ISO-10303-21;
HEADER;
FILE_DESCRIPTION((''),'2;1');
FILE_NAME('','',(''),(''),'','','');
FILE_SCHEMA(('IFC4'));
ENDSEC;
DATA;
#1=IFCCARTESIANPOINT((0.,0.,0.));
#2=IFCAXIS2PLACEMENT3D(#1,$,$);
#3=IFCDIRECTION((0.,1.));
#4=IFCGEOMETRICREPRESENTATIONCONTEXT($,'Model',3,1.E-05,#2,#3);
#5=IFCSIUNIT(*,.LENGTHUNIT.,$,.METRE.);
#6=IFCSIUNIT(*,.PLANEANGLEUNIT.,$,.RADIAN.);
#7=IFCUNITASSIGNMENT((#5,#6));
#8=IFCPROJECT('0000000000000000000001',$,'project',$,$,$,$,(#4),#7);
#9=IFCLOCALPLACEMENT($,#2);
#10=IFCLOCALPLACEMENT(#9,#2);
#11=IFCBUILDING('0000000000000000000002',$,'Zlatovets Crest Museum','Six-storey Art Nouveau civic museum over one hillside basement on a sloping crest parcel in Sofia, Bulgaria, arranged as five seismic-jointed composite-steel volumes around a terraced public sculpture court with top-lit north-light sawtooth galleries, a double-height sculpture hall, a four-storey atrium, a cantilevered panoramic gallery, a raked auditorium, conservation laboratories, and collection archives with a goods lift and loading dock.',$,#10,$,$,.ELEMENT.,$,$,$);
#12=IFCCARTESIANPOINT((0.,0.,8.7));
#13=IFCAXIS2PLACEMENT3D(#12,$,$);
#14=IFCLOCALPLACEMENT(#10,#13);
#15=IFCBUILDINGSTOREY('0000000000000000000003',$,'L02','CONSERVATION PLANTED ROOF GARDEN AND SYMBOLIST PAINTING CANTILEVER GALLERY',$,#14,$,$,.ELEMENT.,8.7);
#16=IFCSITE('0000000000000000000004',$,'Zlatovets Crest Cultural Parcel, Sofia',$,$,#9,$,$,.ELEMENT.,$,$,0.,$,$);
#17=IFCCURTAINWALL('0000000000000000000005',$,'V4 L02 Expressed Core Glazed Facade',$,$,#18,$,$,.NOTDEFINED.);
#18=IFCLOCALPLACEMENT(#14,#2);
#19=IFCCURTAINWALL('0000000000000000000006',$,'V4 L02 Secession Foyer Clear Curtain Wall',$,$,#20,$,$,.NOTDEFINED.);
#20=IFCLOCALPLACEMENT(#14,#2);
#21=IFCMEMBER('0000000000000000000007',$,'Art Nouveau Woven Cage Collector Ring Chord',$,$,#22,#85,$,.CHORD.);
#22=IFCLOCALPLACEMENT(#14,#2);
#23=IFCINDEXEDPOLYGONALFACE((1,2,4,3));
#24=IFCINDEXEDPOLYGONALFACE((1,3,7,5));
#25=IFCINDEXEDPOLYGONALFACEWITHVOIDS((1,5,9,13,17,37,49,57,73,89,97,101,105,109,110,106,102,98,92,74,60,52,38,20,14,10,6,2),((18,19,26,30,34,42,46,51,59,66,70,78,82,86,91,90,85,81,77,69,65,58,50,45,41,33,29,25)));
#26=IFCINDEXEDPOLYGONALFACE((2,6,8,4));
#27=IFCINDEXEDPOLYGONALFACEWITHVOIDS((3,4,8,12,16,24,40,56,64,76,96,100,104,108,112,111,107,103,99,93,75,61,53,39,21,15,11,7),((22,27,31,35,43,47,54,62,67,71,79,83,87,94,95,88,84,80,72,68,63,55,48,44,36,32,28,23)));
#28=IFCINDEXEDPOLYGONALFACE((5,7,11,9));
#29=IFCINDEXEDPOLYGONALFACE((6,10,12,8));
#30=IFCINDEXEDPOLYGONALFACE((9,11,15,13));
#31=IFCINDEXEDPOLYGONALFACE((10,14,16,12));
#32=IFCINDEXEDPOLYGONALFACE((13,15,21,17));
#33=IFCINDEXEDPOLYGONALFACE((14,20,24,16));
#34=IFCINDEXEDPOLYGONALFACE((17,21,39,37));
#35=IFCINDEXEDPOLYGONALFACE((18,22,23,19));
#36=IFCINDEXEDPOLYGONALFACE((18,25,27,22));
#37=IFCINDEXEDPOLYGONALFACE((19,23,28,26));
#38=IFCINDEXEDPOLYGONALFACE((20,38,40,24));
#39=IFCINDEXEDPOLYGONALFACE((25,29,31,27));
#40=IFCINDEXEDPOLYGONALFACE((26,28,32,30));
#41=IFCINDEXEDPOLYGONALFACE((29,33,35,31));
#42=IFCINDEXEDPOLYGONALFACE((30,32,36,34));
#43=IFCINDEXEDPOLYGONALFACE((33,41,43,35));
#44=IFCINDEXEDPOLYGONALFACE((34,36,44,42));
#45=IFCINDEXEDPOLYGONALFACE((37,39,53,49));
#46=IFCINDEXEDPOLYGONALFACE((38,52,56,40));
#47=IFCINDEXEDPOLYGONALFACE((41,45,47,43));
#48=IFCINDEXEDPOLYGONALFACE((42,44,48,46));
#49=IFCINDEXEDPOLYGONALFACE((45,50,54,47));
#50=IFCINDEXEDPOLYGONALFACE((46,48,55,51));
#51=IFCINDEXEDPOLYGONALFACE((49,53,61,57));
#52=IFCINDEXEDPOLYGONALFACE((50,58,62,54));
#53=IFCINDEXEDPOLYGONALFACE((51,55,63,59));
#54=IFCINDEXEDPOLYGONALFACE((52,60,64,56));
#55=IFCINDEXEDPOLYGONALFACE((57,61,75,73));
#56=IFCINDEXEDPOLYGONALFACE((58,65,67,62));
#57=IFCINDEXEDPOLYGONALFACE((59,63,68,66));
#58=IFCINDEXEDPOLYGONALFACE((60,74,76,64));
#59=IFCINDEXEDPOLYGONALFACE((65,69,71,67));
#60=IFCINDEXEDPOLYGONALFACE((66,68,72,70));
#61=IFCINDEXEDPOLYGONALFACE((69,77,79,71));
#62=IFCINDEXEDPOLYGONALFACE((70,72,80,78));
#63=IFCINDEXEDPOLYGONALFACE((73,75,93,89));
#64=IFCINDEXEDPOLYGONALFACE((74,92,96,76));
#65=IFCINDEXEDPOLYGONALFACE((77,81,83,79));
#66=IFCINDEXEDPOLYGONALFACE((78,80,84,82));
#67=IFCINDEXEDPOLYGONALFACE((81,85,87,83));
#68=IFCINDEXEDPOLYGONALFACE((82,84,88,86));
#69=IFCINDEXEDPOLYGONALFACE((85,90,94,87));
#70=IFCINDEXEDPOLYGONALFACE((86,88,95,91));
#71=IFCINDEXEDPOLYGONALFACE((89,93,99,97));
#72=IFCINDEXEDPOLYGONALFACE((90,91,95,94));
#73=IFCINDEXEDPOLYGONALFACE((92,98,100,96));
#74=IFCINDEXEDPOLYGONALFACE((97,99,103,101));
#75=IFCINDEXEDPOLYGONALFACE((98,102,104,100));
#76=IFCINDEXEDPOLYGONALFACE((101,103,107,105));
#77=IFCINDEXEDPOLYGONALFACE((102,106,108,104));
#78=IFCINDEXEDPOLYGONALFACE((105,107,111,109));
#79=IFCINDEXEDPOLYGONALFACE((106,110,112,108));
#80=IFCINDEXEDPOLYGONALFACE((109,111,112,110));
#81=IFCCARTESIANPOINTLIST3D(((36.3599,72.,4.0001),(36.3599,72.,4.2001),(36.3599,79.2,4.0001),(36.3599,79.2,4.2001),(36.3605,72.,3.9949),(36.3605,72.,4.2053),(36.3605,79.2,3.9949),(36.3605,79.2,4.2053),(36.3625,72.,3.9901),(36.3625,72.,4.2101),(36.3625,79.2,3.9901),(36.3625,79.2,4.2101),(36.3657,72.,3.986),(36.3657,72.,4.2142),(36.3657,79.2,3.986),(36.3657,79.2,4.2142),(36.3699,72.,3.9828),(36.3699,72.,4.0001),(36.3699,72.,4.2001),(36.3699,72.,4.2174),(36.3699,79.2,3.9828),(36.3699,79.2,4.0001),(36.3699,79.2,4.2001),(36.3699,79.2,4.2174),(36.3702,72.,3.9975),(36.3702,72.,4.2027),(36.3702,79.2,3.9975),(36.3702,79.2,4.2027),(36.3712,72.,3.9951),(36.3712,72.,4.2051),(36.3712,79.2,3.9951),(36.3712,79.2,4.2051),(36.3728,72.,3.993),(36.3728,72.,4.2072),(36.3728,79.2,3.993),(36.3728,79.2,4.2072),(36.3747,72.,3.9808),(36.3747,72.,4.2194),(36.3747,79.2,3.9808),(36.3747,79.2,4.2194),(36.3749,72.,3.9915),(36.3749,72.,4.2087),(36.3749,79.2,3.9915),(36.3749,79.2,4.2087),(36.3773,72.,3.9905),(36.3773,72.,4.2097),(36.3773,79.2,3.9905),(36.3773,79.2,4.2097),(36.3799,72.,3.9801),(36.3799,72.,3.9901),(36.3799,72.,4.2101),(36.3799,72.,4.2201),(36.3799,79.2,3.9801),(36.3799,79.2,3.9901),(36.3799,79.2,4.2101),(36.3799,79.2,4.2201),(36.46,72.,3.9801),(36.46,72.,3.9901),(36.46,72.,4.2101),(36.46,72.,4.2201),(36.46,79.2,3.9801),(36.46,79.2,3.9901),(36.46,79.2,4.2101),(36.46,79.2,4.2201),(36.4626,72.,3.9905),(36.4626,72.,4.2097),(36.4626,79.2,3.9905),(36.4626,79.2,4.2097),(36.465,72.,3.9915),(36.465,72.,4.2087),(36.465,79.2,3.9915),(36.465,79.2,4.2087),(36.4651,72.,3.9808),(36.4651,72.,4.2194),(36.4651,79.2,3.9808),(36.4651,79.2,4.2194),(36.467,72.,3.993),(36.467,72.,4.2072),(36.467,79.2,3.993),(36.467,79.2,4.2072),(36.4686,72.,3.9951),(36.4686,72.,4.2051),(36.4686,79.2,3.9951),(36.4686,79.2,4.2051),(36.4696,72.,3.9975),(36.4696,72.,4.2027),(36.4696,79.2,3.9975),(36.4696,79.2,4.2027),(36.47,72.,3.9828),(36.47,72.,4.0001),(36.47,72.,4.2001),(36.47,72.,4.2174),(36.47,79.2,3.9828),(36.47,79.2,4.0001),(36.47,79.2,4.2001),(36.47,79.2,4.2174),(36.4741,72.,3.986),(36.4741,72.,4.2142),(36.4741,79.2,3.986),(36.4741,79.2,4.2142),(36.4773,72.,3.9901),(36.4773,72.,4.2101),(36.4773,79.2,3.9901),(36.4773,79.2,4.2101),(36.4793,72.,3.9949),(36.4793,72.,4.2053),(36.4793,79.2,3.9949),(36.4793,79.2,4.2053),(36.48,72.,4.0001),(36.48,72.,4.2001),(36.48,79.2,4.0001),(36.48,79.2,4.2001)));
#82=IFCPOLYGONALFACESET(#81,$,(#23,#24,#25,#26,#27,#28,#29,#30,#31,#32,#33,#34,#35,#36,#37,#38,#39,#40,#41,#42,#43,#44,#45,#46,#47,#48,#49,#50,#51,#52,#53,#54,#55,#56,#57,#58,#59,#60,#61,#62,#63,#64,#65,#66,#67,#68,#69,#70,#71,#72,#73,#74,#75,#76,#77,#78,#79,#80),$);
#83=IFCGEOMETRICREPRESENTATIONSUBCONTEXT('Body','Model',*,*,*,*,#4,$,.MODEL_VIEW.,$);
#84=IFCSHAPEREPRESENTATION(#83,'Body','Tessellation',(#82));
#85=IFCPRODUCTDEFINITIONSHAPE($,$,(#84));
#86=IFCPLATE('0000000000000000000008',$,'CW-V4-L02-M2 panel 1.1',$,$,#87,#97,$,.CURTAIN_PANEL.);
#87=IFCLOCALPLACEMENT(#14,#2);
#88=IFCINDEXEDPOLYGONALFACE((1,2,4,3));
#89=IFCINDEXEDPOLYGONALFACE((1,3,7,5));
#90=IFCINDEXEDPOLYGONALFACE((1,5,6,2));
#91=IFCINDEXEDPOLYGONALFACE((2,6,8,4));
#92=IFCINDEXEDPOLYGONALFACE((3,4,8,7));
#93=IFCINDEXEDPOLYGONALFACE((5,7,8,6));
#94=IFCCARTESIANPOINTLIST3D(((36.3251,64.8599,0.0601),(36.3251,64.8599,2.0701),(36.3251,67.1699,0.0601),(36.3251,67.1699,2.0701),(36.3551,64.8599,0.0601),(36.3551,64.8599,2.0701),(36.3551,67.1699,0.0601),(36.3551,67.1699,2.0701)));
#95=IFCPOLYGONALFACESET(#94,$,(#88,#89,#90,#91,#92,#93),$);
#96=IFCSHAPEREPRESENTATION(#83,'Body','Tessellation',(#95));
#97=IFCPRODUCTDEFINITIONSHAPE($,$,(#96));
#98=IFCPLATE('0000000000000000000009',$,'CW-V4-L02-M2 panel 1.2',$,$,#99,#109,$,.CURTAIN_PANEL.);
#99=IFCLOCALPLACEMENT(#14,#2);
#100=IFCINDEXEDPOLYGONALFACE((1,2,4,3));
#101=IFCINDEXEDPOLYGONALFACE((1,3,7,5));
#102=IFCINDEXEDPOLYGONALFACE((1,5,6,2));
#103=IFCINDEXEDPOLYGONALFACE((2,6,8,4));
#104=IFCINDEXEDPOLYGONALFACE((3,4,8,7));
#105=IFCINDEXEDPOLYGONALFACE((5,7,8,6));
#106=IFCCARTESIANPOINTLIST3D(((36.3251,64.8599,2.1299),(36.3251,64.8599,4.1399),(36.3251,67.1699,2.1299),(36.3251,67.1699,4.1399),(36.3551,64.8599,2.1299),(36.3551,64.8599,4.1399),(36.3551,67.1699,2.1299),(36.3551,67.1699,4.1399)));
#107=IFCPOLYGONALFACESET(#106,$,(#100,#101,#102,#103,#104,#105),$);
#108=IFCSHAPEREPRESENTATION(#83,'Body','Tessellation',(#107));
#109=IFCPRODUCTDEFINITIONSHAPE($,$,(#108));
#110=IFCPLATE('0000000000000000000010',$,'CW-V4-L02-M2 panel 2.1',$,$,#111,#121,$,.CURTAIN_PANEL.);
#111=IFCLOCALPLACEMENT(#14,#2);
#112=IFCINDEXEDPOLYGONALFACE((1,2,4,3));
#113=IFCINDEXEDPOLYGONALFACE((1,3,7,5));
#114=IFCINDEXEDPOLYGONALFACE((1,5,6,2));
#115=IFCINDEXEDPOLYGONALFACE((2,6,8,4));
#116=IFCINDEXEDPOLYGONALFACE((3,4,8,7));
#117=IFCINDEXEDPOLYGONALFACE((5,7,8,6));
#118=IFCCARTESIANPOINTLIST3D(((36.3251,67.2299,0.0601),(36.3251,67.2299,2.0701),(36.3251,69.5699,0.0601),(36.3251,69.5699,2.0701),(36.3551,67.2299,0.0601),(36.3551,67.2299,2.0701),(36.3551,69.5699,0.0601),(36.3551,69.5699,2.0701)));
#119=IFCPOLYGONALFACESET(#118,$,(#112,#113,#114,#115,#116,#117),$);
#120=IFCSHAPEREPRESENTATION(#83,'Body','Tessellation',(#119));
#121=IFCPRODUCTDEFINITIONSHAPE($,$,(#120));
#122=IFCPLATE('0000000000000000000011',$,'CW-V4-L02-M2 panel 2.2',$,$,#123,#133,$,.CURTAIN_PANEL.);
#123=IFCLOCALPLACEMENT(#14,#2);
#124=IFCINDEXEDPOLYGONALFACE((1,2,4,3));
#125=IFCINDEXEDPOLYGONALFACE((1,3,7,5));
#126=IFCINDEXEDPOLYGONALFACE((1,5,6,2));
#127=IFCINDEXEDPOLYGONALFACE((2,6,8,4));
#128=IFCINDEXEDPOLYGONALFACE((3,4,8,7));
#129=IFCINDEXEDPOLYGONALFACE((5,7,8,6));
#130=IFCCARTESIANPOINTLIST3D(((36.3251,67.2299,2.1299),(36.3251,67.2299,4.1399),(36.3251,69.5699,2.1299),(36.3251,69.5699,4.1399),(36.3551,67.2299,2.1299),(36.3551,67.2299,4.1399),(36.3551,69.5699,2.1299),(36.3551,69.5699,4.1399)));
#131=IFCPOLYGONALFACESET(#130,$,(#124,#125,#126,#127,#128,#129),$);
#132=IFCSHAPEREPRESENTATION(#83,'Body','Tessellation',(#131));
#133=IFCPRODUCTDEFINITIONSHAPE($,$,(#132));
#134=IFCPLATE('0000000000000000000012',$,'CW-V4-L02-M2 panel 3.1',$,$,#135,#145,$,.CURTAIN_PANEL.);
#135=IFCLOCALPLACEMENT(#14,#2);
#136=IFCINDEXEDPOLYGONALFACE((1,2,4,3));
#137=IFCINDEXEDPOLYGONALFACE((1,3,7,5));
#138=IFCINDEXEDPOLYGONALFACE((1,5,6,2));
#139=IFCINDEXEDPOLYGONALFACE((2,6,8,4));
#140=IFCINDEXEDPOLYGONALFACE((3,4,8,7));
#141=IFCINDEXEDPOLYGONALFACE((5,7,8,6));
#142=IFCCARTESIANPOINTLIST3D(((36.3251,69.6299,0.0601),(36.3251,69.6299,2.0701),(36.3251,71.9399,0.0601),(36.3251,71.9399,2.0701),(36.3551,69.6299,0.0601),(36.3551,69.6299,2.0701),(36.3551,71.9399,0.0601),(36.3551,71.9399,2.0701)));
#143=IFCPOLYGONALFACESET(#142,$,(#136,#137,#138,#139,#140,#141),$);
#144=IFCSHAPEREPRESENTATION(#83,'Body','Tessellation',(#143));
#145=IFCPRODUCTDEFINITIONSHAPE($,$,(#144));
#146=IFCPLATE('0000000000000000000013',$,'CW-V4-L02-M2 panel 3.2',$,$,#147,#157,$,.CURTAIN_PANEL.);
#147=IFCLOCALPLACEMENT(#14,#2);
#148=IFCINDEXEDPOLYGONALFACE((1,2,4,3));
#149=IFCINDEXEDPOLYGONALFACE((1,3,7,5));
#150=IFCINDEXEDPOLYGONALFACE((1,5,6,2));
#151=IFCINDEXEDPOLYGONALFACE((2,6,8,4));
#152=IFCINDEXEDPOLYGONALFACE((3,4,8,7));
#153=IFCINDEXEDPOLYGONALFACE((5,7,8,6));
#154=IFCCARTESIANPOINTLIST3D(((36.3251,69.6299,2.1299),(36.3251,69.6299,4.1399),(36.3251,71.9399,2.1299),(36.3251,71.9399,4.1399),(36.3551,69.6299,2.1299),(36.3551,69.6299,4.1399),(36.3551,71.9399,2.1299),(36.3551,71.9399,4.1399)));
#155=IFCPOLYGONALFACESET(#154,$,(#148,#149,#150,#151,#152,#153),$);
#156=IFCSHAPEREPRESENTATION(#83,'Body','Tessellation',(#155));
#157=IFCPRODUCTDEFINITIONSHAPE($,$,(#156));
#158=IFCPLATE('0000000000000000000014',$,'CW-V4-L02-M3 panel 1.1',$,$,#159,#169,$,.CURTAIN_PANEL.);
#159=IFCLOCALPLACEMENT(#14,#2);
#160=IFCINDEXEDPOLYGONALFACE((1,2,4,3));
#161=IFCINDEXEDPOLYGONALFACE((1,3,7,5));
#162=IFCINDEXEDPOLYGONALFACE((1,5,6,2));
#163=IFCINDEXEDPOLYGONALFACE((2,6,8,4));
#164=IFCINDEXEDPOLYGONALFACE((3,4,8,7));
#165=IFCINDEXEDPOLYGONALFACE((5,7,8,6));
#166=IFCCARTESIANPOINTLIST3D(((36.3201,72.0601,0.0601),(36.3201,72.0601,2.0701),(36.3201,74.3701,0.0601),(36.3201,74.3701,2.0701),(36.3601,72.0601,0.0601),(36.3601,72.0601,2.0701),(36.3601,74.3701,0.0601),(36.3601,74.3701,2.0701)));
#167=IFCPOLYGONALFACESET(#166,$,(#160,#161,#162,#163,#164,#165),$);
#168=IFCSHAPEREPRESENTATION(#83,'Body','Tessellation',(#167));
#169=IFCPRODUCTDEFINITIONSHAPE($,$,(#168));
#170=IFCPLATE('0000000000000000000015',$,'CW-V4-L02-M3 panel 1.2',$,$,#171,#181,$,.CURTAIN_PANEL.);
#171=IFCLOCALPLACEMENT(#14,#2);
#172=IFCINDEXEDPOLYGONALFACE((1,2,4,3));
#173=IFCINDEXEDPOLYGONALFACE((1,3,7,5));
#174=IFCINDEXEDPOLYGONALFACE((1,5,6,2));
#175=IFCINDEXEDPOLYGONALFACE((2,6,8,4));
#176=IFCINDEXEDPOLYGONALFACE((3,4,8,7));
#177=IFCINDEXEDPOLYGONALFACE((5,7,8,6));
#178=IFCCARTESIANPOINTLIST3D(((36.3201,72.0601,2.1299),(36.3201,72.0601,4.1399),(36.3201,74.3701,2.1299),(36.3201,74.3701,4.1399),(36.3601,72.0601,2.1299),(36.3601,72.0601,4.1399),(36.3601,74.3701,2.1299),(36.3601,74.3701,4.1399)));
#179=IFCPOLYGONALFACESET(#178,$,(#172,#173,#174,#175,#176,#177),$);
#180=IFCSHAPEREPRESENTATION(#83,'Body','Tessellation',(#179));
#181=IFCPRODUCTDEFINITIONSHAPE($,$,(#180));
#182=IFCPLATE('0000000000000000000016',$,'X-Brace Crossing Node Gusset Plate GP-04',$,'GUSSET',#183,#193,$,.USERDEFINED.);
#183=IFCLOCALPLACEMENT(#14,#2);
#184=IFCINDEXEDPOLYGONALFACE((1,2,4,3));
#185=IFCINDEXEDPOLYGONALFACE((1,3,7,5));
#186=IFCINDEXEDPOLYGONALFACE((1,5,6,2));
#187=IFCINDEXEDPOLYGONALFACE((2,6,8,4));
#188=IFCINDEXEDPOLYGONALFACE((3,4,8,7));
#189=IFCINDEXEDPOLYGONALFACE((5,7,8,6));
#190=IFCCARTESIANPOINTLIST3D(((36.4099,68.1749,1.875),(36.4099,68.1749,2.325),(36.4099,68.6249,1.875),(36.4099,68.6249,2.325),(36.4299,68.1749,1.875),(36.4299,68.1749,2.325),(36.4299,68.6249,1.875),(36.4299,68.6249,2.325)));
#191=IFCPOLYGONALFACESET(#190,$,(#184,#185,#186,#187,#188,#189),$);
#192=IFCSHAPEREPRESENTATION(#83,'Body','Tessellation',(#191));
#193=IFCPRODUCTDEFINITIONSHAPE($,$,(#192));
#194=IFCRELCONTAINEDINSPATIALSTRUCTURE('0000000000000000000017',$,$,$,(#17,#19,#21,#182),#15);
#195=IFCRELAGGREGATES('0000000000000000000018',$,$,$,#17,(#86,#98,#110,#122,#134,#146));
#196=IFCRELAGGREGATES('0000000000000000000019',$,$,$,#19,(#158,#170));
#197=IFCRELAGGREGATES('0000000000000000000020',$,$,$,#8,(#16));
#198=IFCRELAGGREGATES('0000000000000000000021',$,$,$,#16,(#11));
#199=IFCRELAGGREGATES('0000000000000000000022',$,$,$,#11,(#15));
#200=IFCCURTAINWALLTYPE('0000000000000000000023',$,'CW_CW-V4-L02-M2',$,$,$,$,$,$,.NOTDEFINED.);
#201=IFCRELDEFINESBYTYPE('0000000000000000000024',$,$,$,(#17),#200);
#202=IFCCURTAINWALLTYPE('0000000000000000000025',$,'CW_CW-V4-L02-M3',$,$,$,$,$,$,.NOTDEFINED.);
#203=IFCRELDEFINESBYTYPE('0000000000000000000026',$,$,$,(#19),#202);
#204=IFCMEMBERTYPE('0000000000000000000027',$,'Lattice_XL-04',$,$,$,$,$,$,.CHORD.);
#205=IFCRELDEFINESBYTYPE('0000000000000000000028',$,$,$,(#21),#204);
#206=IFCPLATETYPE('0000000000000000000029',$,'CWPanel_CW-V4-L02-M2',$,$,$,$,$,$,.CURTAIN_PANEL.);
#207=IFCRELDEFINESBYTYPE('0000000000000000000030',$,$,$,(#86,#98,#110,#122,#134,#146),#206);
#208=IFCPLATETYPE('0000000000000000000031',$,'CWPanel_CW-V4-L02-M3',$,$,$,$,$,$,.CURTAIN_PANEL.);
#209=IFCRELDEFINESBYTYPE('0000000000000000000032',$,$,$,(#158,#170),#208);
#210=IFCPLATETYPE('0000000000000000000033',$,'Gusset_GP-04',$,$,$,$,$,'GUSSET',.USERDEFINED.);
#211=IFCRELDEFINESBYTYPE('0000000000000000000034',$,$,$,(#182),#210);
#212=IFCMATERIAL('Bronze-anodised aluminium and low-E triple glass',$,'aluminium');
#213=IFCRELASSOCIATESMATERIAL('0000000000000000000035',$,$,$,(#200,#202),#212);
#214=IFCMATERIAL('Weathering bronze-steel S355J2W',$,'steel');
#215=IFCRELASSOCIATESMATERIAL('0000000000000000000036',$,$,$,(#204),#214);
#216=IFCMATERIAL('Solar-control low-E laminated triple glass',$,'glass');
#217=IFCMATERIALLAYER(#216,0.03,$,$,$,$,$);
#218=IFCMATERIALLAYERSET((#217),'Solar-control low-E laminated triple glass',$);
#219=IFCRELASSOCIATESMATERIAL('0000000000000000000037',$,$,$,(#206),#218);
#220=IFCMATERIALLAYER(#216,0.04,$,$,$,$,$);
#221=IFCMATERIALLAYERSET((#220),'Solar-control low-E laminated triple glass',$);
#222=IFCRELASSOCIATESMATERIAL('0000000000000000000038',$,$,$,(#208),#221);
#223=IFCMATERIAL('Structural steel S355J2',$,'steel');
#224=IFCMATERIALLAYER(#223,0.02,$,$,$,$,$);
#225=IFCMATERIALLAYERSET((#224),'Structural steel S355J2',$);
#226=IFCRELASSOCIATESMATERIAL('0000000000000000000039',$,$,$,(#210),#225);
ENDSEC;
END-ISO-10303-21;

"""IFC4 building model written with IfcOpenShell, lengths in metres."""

from ifc_helpers import new_model, si_unit, direction, frame, origin, origin_2d, place, context, subcontext, project, spatial, rectangle, hollow_rectangle, extrude, material, layer, layer_set, material_profile, profile_set, type_object, element, aggregate, save


model = new_model("IFC4")

# Units and contexts
model_context = context("Model", 3, precision=1e-05, world=origin(), true_north=direction((0.0, 1.0)))
body_context = subcontext(model_context, "Body", "Model", "MODEL_VIEW")
ifc_project = project(units=[si_unit("LENGTHUNIT", "METRE"), si_unit("PLANEANGLEUNIT", "RADIAN")], contexts=[model_context])

# Site, building, storey
site_placement = place(None, origin())
site = spatial("IfcSite", under=ifc_project, at=site_placement, Name="Zlatovets Crest Cultural Parcel, Sofia", CompositionType="ELEMENT", RefElevation=0.0)
building_placement = place(site_placement, origin())
building = spatial("IfcBuilding", under=site, at=building_placement, Name="Zlatovets Crest Museum", Description="Six-storey Art Nouveau civic museum over one hillside basement on a sloping crest parcel in Sofia, Bulgaria, arranged as five seismic-jointed composite-steel volumes around a terraced public sculpture court with top-lit north-light sawtooth galleries, a double-height sculpture hall, a four-storey atrium, a cantilevered panoramic gallery, a raked auditorium, conservation laboratories, and collection archives with a goods lift and loading dock.", CompositionType="ELEMENT")
storey_placement = place(building_placement, frame((0.0, 0.0, 8.7)))
storey = spatial("IfcBuildingStorey", under=building, at=storey_placement, Name="L02", Description="CONSERVATION PLANTED ROOF GARDEN AND SYMBOLIST PAINTING CANTILEVER GALLERY", CompositionType="ELEMENT", Elevation=8.7)

# Curtain walls
ifc_material_1 = material(Name="Bronze-anodised aluminium and low-E triple glass", Category="aluminium")
curtain_wall_type_1 = type_object("IfcCurtainWallType", Name="CW_CW-V4-L02-M2", PredefinedType="NOTDEFINED", material=ifc_material_1)
curtain_wall_1_placement = place(storey_placement, origin())
curtain_wall_1 = element("IfcCurtainWall", 1, at=curtain_wall_1_placement, inside=storey, type_object=curtain_wall_type_1, Name="V4 L02 Expressed Core Glazed Facade", PredefinedType="NOTDEFINED")
curtain_wall_type_2 = type_object("IfcCurtainWallType", Name="CW_CW-V4-L02-M3", PredefinedType="NOTDEFINED", material=ifc_material_1)
curtain_wall_2_placement = place(storey_placement, origin())
curtain_wall_2 = element("IfcCurtainWall", 2, at=curtain_wall_2_placement, inside=storey, type_object=curtain_wall_type_2, Name="V4 L02 Secession Foyer Clear Curtain Wall", PredefinedType="NOTDEFINED")

# Member
ifc_material_2 = material(Name="Weathering bronze-steel S355J2W", Category="steel")
ifc_material_profile_1 = material_profile(ifc_material_2, hollow_rectangle(XDim=0.1201, YDim=0.24, WallThickness=0.01, InnerFilletRadius=0.01, OuterFilletRadius=0.02, at=origin_2d()), Name="RHS 120x240x10.0")
ifc_profile_set_1 = profile_set([ifc_material_profile_1], Name="Weathering bronze-steel S355J2W")
member_type_1 = type_object("IfcMemberType", Name="Lattice_XL-04", PredefinedType="CHORD", material=ifc_profile_set_1)
member_1_placement = place(storey_placement, frame((36.4199, 72.0, 4.1001), z_axis=(0.0, 1.0, 0.0), x_axis=(-1.0, 0.0, 0.0)))
element("IfcMember", 3, at=member_1_placement, inside=storey, type_object=member_type_1, Name="Art Nouveau Woven Cage Collector Ring Chord", PredefinedType="CHORD", context=body_context, shape_type="SweptSolid", body=[
    extrude(hollow_rectangle(XDim=0.1201, YDim=0.24, WallThickness=0.01, InnerFilletRadius=0.01, OuterFilletRadius=0.02, at=origin_2d()), origin(), (0.0, 0.0, 1.0), 7.2),
])

# Plates
ifc_material_3 = material(Name="Solar-control low-E laminated triple glass", Category="glass")
ifc_layer_1 = layer(ifc_material_3, 0.03)
ifc_layer_set_1 = layer_set([ifc_layer_1], Name="Solar-control low-E laminated triple glass")
plate_type_1 = type_object("IfcPlateType", Name="CWPanel_CW-V4-L02-M2", PredefinedType="CURTAIN_PANEL", material=ifc_layer_set_1)
plate_1_placement = place(storey_placement, frame((36.3401, 66.0149, 0.0601), z_axis=(0.0, 0.0, 1.0), x_axis=(0.0, 1.0, 0.0)))
plate_1 = element("IfcPlate", 4, at=plate_1_placement, type_object=plate_type_1, Name="CW-V4-L02-M2 panel 1.1", PredefinedType="CURTAIN_PANEL", context=body_context, shape_type="SweptSolid", body=[
    extrude(rectangle(XDim=2.3101, YDim=0.03, at=origin_2d()), origin(), (0.0, 0.0, 1.0), 2.01),
])
plate_2_placement = place(storey_placement, frame((36.3401, 66.0149, 2.1299), z_axis=(0.0, 0.0, 1.0), x_axis=(0.0, 1.0, 0.0)))
plate_2 = element("IfcPlate", 5, at=plate_2_placement, type_object=plate_type_1, Name="CW-V4-L02-M2 panel 1.2", PredefinedType="CURTAIN_PANEL", context=body_context, shape_type="SweptSolid", body=[
    extrude(rectangle(XDim=2.3101, YDim=0.03, at=origin_2d()), origin(), (0.0, 0.0, 1.0), 2.01),
])
plate_3_placement = place(storey_placement, frame((36.3401, 68.3999, 0.0601), z_axis=(0.0, 0.0, 1.0), x_axis=(0.0, 1.0, 0.0)))
plate_3 = element("IfcPlate", 6, at=plate_3_placement, type_object=plate_type_1, Name="CW-V4-L02-M2 panel 2.1", PredefinedType="CURTAIN_PANEL", context=body_context, shape_type="SweptSolid", body=[
    extrude(rectangle(XDim=2.3401, YDim=0.03, at=origin_2d()), origin(), (0.0, 0.0, 1.0), 2.01),
])
plate_4_placement = place(storey_placement, frame((36.3401, 68.3999, 2.1299), z_axis=(0.0, 0.0, 1.0), x_axis=(0.0, 1.0, 0.0)))
plate_4 = element("IfcPlate", 7, at=plate_4_placement, type_object=plate_type_1, Name="CW-V4-L02-M2 panel 2.2", PredefinedType="CURTAIN_PANEL", context=body_context, shape_type="SweptSolid", body=[
    extrude(rectangle(XDim=2.3401, YDim=0.03, at=origin_2d()), origin(), (0.0, 0.0, 1.0), 2.01),
])
plate_5_placement = place(storey_placement, frame((36.3401, 70.7849, 0.0601), z_axis=(0.0, 0.0, 1.0), x_axis=(0.0, 1.0, 0.0)))
plate_5 = element("IfcPlate", 8, at=plate_5_placement, type_object=plate_type_1, Name="CW-V4-L02-M2 panel 3.1", PredefinedType="CURTAIN_PANEL", context=body_context, shape_type="SweptSolid", body=[
    extrude(rectangle(XDim=2.3101, YDim=0.03, at=origin_2d()), origin(), (0.0, 0.0, 1.0), 2.01),
])
plate_6_placement = place(storey_placement, frame((36.3401, 70.7849, 2.1299), z_axis=(0.0, 0.0, 1.0), x_axis=(0.0, 1.0, 0.0)))
plate_6 = element("IfcPlate", 9, at=plate_6_placement, type_object=plate_type_1, Name="CW-V4-L02-M2 panel 3.2", PredefinedType="CURTAIN_PANEL", context=body_context, shape_type="SweptSolid", body=[
    extrude(rectangle(XDim=2.3101, YDim=0.03, at=origin_2d()), origin(), (0.0, 0.0, 1.0), 2.01),
])
aggregate(curtain_wall_1, [plate_1, plate_2, plate_3, plate_4, plate_5, plate_6])
ifc_layer_2 = layer(ifc_material_3, 0.04)
ifc_layer_set_2 = layer_set([ifc_layer_2], Name="Solar-control low-E laminated triple glass")
plate_type_2 = type_object("IfcPlateType", Name="CWPanel_CW-V4-L02-M3", PredefinedType="CURTAIN_PANEL", material=ifc_layer_set_2)
plate_7_placement = place(storey_placement, frame((36.3401, 73.2151, 0.0601), z_axis=(0.0, 0.0, 1.0), x_axis=(0.0, 1.0, 0.0)))
plate_7 = element("IfcPlate", 10, at=plate_7_placement, type_object=plate_type_2, Name="CW-V4-L02-M3 panel 1.1", PredefinedType="CURTAIN_PANEL", context=body_context, shape_type="SweptSolid", body=[
    extrude(rectangle(XDim=2.3101, YDim=0.04, at=origin_2d()), origin(), (0.0, 0.0, 1.0), 2.01),
])
plate_8_placement = place(storey_placement, frame((36.3401, 73.2151, 2.1299), z_axis=(0.0, 0.0, 1.0), x_axis=(0.0, 1.0, 0.0)))
plate_8 = element("IfcPlate", 11, at=plate_8_placement, type_object=plate_type_2, Name="CW-V4-L02-M3 panel 1.2", PredefinedType="CURTAIN_PANEL", context=body_context, shape_type="SweptSolid", body=[
    extrude(rectangle(XDim=2.3101, YDim=0.04, at=origin_2d()), origin(), (0.0, 0.0, 1.0), 2.01),
])
aggregate(curtain_wall_2, [plate_7, plate_8])
ifc_material_4 = material(Name="Structural steel S355J2", Category="steel")
ifc_layer_3 = layer(ifc_material_4, 0.02)
ifc_layer_set_3 = layer_set([ifc_layer_3], Name="Structural steel S355J2")
plate_type_3 = type_object("IfcPlateType", Name="Gusset_GP-04", ElementType="GUSSET", PredefinedType="USERDEFINED", material=ifc_layer_set_3)
plate_9_placement = place(storey_placement, frame((36.4199, 68.3999, 1.875), z_axis=(0.0, 0.0, 1.0), x_axis=(1.0, 0.0, 0.0)))
element("IfcPlate", 12, at=plate_9_placement, inside=storey, type_object=plate_type_3, Name="X-Brace Crossing Node Gusset Plate GP-04", ObjectType="GUSSET", PredefinedType="USERDEFINED", context=body_context, shape_type="SweptSolid", body=[
    extrude(rectangle(XDim=0.02, YDim=0.45, at=origin_2d()), origin(), (0.0, 0.0, 1.0), 0.45),
])

save(model, "model.ifc")
